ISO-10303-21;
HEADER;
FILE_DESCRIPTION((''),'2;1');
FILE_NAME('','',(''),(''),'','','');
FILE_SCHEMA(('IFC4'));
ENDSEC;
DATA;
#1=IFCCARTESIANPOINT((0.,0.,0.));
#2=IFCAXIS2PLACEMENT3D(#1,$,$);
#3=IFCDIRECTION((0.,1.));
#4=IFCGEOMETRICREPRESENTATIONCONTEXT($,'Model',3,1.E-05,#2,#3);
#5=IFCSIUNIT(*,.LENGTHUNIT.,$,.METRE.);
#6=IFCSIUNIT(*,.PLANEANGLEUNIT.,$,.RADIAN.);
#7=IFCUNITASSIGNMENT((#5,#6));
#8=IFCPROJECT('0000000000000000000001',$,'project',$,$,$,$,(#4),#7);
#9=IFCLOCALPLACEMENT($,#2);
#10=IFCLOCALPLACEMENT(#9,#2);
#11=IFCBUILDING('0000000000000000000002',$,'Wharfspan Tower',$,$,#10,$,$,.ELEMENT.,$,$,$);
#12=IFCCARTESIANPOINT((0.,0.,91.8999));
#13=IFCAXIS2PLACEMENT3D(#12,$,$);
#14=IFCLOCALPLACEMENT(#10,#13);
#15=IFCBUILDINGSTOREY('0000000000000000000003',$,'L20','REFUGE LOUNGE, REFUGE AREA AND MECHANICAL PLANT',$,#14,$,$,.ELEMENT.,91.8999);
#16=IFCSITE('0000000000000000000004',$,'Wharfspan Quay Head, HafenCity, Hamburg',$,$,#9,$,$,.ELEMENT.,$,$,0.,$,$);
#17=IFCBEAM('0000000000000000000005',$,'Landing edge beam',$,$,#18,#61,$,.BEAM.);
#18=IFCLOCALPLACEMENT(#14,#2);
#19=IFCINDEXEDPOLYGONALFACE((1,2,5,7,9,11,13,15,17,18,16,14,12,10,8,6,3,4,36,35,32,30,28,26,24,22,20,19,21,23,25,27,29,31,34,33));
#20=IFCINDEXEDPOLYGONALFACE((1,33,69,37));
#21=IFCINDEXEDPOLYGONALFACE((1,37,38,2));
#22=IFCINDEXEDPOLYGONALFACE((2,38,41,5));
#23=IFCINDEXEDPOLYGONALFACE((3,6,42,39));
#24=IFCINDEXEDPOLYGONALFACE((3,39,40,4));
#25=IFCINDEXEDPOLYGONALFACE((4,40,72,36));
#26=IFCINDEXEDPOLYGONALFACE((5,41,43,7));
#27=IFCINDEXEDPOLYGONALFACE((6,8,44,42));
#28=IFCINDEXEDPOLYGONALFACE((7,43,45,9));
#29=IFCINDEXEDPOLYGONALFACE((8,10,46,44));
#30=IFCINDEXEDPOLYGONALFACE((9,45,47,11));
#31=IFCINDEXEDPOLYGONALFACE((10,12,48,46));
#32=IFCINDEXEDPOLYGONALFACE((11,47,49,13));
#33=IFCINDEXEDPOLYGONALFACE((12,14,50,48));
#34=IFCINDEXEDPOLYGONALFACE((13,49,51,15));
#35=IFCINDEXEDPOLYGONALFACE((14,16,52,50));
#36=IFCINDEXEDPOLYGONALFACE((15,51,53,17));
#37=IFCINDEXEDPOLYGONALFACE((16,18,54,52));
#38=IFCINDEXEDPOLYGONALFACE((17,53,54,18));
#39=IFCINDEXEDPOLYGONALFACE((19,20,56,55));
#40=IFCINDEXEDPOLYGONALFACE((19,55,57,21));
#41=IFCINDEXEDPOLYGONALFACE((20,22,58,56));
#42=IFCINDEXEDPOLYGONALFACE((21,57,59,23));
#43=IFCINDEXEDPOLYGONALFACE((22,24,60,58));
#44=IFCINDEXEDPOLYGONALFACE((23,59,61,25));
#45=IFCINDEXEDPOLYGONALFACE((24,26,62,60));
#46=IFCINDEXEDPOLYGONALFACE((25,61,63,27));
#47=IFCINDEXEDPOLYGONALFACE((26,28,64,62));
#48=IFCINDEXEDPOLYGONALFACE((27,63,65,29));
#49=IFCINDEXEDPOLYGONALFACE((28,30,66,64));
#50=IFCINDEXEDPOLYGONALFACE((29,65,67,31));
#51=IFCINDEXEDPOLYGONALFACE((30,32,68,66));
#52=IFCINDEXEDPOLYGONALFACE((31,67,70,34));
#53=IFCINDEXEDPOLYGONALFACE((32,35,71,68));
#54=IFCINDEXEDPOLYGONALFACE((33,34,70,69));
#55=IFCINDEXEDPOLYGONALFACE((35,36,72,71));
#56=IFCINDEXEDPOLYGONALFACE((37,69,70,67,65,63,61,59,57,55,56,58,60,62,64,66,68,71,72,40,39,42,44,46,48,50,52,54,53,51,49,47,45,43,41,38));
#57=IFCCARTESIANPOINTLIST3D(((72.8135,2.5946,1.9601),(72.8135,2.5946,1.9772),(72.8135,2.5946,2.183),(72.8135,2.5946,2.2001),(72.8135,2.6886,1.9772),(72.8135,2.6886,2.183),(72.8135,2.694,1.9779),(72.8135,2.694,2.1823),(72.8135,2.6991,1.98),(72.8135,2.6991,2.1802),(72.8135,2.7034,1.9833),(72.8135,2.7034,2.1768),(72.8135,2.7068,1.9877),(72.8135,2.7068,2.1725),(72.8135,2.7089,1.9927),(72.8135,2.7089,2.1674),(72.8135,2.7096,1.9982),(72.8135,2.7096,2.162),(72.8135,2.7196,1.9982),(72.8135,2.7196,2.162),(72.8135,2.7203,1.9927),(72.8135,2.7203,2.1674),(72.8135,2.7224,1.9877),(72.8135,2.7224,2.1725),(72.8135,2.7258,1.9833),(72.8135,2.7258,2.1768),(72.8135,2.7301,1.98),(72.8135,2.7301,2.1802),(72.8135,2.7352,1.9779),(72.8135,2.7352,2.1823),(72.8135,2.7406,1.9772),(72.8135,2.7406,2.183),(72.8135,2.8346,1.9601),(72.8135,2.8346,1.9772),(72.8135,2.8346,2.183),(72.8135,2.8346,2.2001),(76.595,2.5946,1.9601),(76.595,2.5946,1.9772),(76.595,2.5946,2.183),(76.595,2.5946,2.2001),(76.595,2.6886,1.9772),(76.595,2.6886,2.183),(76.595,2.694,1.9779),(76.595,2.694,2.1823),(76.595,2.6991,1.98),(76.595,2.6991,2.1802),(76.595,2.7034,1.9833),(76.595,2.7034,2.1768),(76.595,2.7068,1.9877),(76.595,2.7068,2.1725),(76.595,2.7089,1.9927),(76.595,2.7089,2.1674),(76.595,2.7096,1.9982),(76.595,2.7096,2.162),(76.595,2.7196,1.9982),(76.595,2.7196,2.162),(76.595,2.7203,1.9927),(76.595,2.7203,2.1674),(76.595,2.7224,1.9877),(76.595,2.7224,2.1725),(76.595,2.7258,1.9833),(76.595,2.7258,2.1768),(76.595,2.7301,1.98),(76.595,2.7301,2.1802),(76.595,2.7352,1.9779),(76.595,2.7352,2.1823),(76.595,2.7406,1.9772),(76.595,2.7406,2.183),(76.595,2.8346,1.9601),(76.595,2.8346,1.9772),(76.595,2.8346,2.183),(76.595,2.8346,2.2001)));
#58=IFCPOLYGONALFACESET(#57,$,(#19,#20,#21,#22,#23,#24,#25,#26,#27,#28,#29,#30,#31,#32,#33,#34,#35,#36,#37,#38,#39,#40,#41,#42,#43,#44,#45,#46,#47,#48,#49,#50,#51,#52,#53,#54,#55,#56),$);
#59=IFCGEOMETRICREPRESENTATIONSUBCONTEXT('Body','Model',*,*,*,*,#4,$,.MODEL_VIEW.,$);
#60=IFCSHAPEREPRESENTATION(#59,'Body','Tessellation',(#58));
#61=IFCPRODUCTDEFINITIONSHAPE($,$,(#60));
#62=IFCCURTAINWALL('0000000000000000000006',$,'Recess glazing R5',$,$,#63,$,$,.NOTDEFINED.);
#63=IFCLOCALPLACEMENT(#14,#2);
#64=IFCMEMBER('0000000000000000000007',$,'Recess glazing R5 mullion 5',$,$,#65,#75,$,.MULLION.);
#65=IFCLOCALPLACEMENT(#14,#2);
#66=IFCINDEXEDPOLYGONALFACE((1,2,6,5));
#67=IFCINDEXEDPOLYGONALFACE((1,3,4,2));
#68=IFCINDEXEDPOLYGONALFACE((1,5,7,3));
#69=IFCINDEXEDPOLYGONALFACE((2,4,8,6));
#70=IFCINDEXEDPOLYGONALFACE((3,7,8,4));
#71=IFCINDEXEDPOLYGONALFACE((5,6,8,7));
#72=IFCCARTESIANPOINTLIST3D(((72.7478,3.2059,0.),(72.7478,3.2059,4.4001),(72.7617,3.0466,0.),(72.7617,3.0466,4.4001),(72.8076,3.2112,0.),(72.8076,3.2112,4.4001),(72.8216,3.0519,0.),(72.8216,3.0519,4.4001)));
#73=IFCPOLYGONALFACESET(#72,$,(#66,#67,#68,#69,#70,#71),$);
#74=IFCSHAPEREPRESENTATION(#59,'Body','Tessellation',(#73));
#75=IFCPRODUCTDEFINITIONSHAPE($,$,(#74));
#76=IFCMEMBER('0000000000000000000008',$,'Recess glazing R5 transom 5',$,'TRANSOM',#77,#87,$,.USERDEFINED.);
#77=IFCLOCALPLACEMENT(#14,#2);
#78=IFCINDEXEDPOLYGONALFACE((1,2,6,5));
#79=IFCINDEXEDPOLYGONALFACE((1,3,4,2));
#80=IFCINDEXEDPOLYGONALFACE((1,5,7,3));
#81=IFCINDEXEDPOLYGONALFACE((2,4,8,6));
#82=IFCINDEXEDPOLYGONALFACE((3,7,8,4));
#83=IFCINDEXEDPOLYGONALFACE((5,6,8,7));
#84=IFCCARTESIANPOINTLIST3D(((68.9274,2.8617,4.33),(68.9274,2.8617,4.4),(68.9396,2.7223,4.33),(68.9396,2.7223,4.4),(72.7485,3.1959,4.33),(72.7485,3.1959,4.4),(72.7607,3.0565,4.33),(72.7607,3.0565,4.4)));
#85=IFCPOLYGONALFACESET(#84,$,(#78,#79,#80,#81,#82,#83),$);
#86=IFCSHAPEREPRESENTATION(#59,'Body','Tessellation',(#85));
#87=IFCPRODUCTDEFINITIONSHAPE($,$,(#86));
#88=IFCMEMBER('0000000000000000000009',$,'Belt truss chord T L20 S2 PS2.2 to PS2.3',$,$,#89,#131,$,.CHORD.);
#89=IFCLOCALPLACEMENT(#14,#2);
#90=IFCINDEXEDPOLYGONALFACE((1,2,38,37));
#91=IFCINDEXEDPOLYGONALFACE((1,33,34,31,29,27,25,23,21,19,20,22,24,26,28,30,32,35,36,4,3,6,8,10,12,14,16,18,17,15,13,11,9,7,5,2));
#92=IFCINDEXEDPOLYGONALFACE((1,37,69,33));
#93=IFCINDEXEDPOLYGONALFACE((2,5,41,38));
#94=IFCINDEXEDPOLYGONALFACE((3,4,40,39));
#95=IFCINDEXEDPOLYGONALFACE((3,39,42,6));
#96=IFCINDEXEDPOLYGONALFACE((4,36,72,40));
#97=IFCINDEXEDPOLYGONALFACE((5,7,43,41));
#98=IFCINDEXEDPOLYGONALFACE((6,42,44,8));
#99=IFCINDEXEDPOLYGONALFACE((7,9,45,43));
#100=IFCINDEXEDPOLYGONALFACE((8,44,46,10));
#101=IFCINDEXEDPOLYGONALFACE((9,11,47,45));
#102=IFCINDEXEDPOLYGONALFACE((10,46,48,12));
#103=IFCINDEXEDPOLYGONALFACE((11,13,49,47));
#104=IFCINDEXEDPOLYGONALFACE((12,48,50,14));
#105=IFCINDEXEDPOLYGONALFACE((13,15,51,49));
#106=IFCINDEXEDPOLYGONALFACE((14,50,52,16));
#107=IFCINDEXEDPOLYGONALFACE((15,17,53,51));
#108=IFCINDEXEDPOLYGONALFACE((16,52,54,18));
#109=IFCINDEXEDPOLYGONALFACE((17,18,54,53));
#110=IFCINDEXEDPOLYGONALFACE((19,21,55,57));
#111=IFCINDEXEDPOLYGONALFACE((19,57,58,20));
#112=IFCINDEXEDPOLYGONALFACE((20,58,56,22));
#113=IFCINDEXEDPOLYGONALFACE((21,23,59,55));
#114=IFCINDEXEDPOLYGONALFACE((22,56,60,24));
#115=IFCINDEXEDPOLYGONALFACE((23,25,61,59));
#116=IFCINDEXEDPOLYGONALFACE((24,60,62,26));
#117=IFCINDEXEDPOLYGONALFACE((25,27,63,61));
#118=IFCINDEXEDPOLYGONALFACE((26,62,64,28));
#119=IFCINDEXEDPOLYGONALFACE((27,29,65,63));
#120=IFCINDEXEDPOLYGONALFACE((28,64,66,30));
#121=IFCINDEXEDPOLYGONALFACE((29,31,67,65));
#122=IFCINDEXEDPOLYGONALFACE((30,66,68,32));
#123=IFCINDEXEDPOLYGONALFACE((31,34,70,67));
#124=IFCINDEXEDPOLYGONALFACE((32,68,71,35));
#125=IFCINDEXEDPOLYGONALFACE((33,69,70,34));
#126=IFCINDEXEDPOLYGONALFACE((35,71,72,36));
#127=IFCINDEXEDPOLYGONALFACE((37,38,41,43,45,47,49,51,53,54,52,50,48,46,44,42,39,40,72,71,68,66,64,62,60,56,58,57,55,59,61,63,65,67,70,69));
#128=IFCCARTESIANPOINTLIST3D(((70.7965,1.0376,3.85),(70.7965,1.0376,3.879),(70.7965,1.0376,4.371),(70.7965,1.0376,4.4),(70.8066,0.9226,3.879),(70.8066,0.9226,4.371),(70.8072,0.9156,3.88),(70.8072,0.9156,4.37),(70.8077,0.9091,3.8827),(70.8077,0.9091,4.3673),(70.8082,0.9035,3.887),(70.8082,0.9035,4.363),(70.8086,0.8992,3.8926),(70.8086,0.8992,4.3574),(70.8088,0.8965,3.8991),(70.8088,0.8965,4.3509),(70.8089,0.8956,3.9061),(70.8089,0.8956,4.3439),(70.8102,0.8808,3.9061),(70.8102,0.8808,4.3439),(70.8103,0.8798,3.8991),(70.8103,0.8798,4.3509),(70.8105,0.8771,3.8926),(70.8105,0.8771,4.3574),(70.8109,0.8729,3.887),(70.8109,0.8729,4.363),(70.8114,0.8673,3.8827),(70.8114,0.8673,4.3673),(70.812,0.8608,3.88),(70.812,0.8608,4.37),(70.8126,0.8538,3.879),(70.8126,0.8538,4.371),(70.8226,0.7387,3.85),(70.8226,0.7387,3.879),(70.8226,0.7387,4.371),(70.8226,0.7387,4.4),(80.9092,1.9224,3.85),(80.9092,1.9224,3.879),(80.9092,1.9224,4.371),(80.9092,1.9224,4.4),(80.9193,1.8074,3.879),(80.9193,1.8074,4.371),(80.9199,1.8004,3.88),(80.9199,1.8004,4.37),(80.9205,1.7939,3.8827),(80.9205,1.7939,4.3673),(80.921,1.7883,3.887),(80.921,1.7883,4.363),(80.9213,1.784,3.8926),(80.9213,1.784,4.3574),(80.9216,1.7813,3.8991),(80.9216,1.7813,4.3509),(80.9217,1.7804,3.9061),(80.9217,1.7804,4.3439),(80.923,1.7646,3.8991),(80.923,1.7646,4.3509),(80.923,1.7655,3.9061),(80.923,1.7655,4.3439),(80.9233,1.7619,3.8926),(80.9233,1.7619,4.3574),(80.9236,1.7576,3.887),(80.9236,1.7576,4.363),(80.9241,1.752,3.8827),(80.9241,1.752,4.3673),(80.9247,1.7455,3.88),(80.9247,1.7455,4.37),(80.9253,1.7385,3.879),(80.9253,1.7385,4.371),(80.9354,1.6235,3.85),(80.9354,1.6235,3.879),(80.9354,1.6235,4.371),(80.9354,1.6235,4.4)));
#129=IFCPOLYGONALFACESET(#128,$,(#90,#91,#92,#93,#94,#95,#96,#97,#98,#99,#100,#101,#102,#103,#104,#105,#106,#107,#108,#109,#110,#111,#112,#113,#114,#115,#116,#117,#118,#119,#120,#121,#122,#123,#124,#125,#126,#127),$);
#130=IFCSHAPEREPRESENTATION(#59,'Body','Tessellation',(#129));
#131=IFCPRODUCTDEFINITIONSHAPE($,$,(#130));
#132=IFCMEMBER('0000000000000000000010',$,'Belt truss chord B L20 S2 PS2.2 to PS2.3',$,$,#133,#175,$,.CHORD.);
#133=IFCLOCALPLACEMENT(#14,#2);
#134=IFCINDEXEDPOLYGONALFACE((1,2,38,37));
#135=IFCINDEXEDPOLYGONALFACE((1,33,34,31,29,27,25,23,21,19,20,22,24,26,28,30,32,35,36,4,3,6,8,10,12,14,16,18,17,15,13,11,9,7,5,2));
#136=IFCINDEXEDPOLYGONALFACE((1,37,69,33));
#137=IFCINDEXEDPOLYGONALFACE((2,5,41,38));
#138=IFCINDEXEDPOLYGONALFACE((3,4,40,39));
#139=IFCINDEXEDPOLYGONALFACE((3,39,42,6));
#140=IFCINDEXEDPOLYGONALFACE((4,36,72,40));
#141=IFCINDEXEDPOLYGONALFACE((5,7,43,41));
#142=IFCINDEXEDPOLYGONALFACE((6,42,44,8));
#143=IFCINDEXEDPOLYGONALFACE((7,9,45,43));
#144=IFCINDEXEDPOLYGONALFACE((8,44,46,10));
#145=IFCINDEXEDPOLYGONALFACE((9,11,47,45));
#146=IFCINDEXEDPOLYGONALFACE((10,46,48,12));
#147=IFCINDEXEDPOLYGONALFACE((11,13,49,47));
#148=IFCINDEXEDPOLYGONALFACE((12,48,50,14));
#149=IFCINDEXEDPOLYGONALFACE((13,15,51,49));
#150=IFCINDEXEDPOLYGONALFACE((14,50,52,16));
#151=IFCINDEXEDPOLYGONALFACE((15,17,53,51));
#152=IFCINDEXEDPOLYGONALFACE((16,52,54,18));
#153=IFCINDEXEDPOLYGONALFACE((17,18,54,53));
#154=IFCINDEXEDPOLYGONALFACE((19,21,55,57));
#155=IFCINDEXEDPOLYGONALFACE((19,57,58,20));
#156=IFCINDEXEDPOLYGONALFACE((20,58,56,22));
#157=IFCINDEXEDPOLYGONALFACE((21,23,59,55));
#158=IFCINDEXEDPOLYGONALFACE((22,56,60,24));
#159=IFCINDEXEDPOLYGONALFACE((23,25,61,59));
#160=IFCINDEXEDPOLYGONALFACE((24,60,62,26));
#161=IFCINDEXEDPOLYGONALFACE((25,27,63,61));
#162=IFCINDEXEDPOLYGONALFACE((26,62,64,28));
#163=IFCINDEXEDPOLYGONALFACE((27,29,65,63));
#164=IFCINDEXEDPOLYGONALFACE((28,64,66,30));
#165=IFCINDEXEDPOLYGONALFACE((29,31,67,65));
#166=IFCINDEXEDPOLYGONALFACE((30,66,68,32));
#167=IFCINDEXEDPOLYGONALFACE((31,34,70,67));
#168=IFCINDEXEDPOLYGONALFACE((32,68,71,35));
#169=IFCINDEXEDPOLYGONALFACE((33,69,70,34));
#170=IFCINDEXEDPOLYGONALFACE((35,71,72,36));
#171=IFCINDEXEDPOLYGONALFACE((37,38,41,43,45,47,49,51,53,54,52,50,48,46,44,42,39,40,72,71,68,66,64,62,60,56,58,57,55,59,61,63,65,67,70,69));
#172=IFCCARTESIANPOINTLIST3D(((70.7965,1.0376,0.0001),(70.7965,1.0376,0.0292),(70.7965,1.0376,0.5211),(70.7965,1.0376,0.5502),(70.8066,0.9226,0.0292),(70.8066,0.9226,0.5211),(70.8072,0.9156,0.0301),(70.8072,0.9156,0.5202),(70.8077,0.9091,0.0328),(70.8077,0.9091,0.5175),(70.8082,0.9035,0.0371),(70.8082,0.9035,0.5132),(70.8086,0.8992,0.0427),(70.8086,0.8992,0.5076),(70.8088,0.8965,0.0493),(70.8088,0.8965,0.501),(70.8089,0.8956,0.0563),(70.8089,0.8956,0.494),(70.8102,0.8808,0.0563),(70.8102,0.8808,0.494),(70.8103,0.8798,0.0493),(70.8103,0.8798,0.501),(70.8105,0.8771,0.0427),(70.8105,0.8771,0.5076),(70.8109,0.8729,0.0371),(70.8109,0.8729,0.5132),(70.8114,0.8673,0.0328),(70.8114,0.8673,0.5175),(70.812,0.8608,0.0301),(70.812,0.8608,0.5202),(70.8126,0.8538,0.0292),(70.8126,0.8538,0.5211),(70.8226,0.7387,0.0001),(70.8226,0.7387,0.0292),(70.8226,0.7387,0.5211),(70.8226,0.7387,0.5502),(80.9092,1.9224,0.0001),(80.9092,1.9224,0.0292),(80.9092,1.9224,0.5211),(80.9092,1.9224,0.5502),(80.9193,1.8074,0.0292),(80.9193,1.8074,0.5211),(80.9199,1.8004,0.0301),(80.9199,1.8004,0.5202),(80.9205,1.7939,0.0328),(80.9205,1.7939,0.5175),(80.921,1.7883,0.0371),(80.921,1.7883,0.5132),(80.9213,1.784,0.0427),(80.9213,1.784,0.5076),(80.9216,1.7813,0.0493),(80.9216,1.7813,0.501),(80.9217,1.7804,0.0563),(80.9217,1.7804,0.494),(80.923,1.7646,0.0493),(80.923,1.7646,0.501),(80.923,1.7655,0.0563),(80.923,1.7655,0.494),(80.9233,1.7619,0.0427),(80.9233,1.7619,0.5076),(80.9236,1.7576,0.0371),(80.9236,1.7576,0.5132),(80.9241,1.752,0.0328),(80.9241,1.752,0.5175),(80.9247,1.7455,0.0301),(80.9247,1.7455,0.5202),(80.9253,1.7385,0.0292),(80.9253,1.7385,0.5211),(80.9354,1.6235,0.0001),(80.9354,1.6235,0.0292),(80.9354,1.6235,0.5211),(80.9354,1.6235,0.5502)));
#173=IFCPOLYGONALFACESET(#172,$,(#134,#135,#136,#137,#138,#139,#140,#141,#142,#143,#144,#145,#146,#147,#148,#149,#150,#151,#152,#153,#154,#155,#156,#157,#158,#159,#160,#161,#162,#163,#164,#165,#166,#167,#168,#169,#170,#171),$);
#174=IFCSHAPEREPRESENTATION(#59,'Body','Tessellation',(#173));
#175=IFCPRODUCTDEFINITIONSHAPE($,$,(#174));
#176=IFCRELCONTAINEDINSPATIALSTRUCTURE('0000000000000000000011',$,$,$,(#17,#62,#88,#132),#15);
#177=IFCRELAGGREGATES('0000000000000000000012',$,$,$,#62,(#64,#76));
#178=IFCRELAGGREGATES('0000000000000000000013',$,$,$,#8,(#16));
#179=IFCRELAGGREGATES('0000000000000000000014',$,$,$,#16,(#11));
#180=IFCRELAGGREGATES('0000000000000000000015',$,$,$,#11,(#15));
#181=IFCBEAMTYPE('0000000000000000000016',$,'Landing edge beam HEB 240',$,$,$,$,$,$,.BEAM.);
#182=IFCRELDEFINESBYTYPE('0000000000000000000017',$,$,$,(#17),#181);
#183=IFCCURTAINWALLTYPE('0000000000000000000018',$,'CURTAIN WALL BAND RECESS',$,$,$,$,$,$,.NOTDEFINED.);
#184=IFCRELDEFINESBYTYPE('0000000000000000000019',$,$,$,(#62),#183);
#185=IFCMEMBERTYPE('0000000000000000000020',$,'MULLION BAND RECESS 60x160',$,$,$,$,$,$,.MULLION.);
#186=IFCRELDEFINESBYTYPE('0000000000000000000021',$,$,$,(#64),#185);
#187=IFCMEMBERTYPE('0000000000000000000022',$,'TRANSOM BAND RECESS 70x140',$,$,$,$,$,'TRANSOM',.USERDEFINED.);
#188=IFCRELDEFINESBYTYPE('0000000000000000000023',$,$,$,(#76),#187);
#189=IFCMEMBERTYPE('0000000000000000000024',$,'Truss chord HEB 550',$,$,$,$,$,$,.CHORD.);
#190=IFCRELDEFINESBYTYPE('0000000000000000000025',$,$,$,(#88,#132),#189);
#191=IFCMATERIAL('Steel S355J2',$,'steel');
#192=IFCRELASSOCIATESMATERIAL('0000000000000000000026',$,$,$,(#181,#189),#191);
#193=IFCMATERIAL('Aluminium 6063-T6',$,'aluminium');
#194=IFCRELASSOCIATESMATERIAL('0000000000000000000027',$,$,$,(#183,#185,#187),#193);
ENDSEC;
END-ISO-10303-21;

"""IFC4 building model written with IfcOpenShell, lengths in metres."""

from ifc_helpers import new_model, si_unit, direction, frame, origin, origin_2d, place, context, subcontext, project, spatial, rectangle, i_section, extrude, material, material_profile, profile_set, type_object, element, aggregate, save


model = new_model("IFC4")

# Units and contexts
model_context = context("Model", 3, precision=1e-05, world=origin(), true_north=direction((0.0, 1.0)))
body_context = subcontext(model_context, "Body", "Model", "MODEL_VIEW")
ifc_project = project(units=[si_unit("LENGTHUNIT", "METRE"), si_unit("PLANEANGLEUNIT", "RADIAN")], contexts=[model_context])

# Site, building, storey
site_placement = place(None, origin())
site = spatial("IfcSite", under=ifc_project, at=site_placement, Name="Wharfspan Quay Head, HafenCity, Hamburg", CompositionType="ELEMENT", RefElevation=0.0)
building_placement = place(site_placement, origin())
building = spatial("IfcBuilding", under=site, at=building_placement, Name="Wharfspan Tower", CompositionType="ELEMENT")
storey_placement = place(building_placement, frame((0.0, 0.0, 91.8999)))
storey = spatial("IfcBuildingStorey", under=building, at=storey_placement, Name="L20", Description="REFUGE LOUNGE, REFUGE AREA AND MECHANICAL PLANT", CompositionType="ELEMENT", Elevation=91.8999)

# Beam
ifc_material_1 = material(Name="Steel S355J2", Category="steel")
ifc_material_profile_1 = material_profile(ifc_material_1, i_section(OverallWidth=0.24, OverallDepth=0.24, WebThickness=0.01, FlangeThickness=0.0171, FilletRadius=0.021, at=origin_2d()))
ifc_profile_set_1 = profile_set([ifc_material_profile_1], Name="Steel S355J2")
beam_type = type_object("IfcBeamType", Name="Landing edge beam HEB 240", PredefinedType="BEAM", material=ifc_profile_set_1)
beam_placement = place(storey_placement, frame((72.8135, 2.7146, 2.0801), z_axis=(1.0, 0.0, 0.0), x_axis=(0.0, 1.0, 0.0)))
element("IfcBeam", 1, at=beam_placement, inside=storey, type_object=beam_type, Name="Landing edge beam", PredefinedType="BEAM", context=body_context, shape_type="SweptSolid", body=[
    extrude(i_section(OverallWidth=0.24, OverallDepth=0.24, WebThickness=0.01, FlangeThickness=0.0171, FilletRadius=0.021, at=origin_2d()), origin(), (0.0, 0.0, 1.0), 3.7815),
])

# Curtain wall, members
ifc_material_2 = material(Name="Aluminium 6063-T6", Category="aluminium")
curtain_wall_type = type_object("IfcCurtainWallType", Name="CURTAIN WALL BAND RECESS", PredefinedType="NOTDEFINED", material=ifc_material_2)
curtain_wall_placement = place(storey_placement, origin())
curtain_wall = element("IfcCurtainWall", 2, at=curtain_wall_placement, inside=storey, type_object=curtain_wall_type, Name="Recess glazing R5", PredefinedType="NOTDEFINED")
ifc_material_profile_2 = material_profile(ifc_material_2, rectangle(XDim=0.1599, YDim=0.0601, at=origin_2d()))
ifc_profile_set_2 = profile_set([ifc_material_profile_2], Name="Aluminium 6063-T6")
member_type_1 = type_object("IfcMemberType", Name="MULLION BAND RECESS 60x160", PredefinedType="MULLION", material=ifc_profile_set_2)
member_1_placement = place(storey_placement, frame((72.7847, 3.1289, 0.0), z_axis=(0.0, 0.0, 1.0), x_axis=(0.087156, -0.996198, 0.0)))
member_1 = element("IfcMember", 3, at=member_1_placement, type_object=member_type_1, Name="Recess glazing R5 mullion 5", PredefinedType="MULLION", context=body_context, shape_type="SweptSolid", body=[
    extrude(rectangle(XDim=0.1599, YDim=0.0601, at=origin_2d()), origin(), (0.0, 0.0, 1.0), 4.4001),
])
ifc_material_profile_3 = material_profile(ifc_material_2, rectangle(XDim=0.1399, YDim=0.0701, at=origin_2d()))
ifc_profile_set_3 = profile_set([ifc_material_profile_3], Name="Aluminium 6063-T6")
member_type_2 = type_object("IfcMemberType", Name="TRANSOM BAND RECESS 70x140", ElementType="TRANSOM", PredefinedType="USERDEFINED", material=ifc_profile_set_3)
member_2_placement = place(storey_placement, frame((72.7546, 3.1262, 4.365), z_axis=(-0.996196, -0.087138, 0.0), x_axis=(0.087138, -0.996196, 0.0)))
member_2 = element("IfcMember", 4, at=member_2_placement, type_object=member_type_2, Name="Recess glazing R5 transom 5", ObjectType="TRANSOM", PredefinedType="USERDEFINED", context=body_context, shape_type="SweptSolid", body=[
    extrude(rectangle(XDim=0.1399, YDim=0.0701, at=origin_2d()), origin(), (0.0, 0.0, 1.0), 3.8357),
])

# Members
ifc_material_profile_4 = material_profile(ifc_material_1, i_section(OverallWidth=0.3, OverallDepth=0.55, WebThickness=0.0149, FlangeThickness=0.0291, FilletRadius=0.0271, at=origin_2d()))
ifc_profile_set_4 = profile_set([ifc_material_profile_4], Name="Steel S355J2")
member_type_3 = type_object("IfcMemberType", Name="Truss chord HEB 550", PredefinedType="CHORD", material=ifc_profile_set_4)
for number, where, z_axis, x_axis, name in (
    (5, (70.8096, 0.8882, 4.125), (0.996195, 0.087157, 0.0), (-0.087157, 0.996195, 0.0), "Belt truss chord T L20 S2 PS2.2 to PS2.3"),
    (6, (70.8096, 0.8882, 0.2751), (0.996195, 0.087157, 0.0), (-0.087157, 0.996195, 0.0), "Belt truss chord B L20 S2 PS2.2 to PS2.3"),
):
    element("IfcMember", number, at=place(storey_placement, frame(where, z_axis=z_axis, x_axis=x_axis)), inside=storey, type_object=member_type_3, Name=name, PredefinedType="CHORD", context=body_context, shape_type="SweptSolid", body=[
        extrude(i_section(OverallWidth=0.3, OverallDepth=0.55, WebThickness=0.0149, FlangeThickness=0.0291, FilletRadius=0.0271, at=origin_2d()), origin(), (0.0, 0.0, 1.0), 10.1514),
    ])

aggregate(curtain_wall, [member_1, member_2])

save(model, "model.ifc")
